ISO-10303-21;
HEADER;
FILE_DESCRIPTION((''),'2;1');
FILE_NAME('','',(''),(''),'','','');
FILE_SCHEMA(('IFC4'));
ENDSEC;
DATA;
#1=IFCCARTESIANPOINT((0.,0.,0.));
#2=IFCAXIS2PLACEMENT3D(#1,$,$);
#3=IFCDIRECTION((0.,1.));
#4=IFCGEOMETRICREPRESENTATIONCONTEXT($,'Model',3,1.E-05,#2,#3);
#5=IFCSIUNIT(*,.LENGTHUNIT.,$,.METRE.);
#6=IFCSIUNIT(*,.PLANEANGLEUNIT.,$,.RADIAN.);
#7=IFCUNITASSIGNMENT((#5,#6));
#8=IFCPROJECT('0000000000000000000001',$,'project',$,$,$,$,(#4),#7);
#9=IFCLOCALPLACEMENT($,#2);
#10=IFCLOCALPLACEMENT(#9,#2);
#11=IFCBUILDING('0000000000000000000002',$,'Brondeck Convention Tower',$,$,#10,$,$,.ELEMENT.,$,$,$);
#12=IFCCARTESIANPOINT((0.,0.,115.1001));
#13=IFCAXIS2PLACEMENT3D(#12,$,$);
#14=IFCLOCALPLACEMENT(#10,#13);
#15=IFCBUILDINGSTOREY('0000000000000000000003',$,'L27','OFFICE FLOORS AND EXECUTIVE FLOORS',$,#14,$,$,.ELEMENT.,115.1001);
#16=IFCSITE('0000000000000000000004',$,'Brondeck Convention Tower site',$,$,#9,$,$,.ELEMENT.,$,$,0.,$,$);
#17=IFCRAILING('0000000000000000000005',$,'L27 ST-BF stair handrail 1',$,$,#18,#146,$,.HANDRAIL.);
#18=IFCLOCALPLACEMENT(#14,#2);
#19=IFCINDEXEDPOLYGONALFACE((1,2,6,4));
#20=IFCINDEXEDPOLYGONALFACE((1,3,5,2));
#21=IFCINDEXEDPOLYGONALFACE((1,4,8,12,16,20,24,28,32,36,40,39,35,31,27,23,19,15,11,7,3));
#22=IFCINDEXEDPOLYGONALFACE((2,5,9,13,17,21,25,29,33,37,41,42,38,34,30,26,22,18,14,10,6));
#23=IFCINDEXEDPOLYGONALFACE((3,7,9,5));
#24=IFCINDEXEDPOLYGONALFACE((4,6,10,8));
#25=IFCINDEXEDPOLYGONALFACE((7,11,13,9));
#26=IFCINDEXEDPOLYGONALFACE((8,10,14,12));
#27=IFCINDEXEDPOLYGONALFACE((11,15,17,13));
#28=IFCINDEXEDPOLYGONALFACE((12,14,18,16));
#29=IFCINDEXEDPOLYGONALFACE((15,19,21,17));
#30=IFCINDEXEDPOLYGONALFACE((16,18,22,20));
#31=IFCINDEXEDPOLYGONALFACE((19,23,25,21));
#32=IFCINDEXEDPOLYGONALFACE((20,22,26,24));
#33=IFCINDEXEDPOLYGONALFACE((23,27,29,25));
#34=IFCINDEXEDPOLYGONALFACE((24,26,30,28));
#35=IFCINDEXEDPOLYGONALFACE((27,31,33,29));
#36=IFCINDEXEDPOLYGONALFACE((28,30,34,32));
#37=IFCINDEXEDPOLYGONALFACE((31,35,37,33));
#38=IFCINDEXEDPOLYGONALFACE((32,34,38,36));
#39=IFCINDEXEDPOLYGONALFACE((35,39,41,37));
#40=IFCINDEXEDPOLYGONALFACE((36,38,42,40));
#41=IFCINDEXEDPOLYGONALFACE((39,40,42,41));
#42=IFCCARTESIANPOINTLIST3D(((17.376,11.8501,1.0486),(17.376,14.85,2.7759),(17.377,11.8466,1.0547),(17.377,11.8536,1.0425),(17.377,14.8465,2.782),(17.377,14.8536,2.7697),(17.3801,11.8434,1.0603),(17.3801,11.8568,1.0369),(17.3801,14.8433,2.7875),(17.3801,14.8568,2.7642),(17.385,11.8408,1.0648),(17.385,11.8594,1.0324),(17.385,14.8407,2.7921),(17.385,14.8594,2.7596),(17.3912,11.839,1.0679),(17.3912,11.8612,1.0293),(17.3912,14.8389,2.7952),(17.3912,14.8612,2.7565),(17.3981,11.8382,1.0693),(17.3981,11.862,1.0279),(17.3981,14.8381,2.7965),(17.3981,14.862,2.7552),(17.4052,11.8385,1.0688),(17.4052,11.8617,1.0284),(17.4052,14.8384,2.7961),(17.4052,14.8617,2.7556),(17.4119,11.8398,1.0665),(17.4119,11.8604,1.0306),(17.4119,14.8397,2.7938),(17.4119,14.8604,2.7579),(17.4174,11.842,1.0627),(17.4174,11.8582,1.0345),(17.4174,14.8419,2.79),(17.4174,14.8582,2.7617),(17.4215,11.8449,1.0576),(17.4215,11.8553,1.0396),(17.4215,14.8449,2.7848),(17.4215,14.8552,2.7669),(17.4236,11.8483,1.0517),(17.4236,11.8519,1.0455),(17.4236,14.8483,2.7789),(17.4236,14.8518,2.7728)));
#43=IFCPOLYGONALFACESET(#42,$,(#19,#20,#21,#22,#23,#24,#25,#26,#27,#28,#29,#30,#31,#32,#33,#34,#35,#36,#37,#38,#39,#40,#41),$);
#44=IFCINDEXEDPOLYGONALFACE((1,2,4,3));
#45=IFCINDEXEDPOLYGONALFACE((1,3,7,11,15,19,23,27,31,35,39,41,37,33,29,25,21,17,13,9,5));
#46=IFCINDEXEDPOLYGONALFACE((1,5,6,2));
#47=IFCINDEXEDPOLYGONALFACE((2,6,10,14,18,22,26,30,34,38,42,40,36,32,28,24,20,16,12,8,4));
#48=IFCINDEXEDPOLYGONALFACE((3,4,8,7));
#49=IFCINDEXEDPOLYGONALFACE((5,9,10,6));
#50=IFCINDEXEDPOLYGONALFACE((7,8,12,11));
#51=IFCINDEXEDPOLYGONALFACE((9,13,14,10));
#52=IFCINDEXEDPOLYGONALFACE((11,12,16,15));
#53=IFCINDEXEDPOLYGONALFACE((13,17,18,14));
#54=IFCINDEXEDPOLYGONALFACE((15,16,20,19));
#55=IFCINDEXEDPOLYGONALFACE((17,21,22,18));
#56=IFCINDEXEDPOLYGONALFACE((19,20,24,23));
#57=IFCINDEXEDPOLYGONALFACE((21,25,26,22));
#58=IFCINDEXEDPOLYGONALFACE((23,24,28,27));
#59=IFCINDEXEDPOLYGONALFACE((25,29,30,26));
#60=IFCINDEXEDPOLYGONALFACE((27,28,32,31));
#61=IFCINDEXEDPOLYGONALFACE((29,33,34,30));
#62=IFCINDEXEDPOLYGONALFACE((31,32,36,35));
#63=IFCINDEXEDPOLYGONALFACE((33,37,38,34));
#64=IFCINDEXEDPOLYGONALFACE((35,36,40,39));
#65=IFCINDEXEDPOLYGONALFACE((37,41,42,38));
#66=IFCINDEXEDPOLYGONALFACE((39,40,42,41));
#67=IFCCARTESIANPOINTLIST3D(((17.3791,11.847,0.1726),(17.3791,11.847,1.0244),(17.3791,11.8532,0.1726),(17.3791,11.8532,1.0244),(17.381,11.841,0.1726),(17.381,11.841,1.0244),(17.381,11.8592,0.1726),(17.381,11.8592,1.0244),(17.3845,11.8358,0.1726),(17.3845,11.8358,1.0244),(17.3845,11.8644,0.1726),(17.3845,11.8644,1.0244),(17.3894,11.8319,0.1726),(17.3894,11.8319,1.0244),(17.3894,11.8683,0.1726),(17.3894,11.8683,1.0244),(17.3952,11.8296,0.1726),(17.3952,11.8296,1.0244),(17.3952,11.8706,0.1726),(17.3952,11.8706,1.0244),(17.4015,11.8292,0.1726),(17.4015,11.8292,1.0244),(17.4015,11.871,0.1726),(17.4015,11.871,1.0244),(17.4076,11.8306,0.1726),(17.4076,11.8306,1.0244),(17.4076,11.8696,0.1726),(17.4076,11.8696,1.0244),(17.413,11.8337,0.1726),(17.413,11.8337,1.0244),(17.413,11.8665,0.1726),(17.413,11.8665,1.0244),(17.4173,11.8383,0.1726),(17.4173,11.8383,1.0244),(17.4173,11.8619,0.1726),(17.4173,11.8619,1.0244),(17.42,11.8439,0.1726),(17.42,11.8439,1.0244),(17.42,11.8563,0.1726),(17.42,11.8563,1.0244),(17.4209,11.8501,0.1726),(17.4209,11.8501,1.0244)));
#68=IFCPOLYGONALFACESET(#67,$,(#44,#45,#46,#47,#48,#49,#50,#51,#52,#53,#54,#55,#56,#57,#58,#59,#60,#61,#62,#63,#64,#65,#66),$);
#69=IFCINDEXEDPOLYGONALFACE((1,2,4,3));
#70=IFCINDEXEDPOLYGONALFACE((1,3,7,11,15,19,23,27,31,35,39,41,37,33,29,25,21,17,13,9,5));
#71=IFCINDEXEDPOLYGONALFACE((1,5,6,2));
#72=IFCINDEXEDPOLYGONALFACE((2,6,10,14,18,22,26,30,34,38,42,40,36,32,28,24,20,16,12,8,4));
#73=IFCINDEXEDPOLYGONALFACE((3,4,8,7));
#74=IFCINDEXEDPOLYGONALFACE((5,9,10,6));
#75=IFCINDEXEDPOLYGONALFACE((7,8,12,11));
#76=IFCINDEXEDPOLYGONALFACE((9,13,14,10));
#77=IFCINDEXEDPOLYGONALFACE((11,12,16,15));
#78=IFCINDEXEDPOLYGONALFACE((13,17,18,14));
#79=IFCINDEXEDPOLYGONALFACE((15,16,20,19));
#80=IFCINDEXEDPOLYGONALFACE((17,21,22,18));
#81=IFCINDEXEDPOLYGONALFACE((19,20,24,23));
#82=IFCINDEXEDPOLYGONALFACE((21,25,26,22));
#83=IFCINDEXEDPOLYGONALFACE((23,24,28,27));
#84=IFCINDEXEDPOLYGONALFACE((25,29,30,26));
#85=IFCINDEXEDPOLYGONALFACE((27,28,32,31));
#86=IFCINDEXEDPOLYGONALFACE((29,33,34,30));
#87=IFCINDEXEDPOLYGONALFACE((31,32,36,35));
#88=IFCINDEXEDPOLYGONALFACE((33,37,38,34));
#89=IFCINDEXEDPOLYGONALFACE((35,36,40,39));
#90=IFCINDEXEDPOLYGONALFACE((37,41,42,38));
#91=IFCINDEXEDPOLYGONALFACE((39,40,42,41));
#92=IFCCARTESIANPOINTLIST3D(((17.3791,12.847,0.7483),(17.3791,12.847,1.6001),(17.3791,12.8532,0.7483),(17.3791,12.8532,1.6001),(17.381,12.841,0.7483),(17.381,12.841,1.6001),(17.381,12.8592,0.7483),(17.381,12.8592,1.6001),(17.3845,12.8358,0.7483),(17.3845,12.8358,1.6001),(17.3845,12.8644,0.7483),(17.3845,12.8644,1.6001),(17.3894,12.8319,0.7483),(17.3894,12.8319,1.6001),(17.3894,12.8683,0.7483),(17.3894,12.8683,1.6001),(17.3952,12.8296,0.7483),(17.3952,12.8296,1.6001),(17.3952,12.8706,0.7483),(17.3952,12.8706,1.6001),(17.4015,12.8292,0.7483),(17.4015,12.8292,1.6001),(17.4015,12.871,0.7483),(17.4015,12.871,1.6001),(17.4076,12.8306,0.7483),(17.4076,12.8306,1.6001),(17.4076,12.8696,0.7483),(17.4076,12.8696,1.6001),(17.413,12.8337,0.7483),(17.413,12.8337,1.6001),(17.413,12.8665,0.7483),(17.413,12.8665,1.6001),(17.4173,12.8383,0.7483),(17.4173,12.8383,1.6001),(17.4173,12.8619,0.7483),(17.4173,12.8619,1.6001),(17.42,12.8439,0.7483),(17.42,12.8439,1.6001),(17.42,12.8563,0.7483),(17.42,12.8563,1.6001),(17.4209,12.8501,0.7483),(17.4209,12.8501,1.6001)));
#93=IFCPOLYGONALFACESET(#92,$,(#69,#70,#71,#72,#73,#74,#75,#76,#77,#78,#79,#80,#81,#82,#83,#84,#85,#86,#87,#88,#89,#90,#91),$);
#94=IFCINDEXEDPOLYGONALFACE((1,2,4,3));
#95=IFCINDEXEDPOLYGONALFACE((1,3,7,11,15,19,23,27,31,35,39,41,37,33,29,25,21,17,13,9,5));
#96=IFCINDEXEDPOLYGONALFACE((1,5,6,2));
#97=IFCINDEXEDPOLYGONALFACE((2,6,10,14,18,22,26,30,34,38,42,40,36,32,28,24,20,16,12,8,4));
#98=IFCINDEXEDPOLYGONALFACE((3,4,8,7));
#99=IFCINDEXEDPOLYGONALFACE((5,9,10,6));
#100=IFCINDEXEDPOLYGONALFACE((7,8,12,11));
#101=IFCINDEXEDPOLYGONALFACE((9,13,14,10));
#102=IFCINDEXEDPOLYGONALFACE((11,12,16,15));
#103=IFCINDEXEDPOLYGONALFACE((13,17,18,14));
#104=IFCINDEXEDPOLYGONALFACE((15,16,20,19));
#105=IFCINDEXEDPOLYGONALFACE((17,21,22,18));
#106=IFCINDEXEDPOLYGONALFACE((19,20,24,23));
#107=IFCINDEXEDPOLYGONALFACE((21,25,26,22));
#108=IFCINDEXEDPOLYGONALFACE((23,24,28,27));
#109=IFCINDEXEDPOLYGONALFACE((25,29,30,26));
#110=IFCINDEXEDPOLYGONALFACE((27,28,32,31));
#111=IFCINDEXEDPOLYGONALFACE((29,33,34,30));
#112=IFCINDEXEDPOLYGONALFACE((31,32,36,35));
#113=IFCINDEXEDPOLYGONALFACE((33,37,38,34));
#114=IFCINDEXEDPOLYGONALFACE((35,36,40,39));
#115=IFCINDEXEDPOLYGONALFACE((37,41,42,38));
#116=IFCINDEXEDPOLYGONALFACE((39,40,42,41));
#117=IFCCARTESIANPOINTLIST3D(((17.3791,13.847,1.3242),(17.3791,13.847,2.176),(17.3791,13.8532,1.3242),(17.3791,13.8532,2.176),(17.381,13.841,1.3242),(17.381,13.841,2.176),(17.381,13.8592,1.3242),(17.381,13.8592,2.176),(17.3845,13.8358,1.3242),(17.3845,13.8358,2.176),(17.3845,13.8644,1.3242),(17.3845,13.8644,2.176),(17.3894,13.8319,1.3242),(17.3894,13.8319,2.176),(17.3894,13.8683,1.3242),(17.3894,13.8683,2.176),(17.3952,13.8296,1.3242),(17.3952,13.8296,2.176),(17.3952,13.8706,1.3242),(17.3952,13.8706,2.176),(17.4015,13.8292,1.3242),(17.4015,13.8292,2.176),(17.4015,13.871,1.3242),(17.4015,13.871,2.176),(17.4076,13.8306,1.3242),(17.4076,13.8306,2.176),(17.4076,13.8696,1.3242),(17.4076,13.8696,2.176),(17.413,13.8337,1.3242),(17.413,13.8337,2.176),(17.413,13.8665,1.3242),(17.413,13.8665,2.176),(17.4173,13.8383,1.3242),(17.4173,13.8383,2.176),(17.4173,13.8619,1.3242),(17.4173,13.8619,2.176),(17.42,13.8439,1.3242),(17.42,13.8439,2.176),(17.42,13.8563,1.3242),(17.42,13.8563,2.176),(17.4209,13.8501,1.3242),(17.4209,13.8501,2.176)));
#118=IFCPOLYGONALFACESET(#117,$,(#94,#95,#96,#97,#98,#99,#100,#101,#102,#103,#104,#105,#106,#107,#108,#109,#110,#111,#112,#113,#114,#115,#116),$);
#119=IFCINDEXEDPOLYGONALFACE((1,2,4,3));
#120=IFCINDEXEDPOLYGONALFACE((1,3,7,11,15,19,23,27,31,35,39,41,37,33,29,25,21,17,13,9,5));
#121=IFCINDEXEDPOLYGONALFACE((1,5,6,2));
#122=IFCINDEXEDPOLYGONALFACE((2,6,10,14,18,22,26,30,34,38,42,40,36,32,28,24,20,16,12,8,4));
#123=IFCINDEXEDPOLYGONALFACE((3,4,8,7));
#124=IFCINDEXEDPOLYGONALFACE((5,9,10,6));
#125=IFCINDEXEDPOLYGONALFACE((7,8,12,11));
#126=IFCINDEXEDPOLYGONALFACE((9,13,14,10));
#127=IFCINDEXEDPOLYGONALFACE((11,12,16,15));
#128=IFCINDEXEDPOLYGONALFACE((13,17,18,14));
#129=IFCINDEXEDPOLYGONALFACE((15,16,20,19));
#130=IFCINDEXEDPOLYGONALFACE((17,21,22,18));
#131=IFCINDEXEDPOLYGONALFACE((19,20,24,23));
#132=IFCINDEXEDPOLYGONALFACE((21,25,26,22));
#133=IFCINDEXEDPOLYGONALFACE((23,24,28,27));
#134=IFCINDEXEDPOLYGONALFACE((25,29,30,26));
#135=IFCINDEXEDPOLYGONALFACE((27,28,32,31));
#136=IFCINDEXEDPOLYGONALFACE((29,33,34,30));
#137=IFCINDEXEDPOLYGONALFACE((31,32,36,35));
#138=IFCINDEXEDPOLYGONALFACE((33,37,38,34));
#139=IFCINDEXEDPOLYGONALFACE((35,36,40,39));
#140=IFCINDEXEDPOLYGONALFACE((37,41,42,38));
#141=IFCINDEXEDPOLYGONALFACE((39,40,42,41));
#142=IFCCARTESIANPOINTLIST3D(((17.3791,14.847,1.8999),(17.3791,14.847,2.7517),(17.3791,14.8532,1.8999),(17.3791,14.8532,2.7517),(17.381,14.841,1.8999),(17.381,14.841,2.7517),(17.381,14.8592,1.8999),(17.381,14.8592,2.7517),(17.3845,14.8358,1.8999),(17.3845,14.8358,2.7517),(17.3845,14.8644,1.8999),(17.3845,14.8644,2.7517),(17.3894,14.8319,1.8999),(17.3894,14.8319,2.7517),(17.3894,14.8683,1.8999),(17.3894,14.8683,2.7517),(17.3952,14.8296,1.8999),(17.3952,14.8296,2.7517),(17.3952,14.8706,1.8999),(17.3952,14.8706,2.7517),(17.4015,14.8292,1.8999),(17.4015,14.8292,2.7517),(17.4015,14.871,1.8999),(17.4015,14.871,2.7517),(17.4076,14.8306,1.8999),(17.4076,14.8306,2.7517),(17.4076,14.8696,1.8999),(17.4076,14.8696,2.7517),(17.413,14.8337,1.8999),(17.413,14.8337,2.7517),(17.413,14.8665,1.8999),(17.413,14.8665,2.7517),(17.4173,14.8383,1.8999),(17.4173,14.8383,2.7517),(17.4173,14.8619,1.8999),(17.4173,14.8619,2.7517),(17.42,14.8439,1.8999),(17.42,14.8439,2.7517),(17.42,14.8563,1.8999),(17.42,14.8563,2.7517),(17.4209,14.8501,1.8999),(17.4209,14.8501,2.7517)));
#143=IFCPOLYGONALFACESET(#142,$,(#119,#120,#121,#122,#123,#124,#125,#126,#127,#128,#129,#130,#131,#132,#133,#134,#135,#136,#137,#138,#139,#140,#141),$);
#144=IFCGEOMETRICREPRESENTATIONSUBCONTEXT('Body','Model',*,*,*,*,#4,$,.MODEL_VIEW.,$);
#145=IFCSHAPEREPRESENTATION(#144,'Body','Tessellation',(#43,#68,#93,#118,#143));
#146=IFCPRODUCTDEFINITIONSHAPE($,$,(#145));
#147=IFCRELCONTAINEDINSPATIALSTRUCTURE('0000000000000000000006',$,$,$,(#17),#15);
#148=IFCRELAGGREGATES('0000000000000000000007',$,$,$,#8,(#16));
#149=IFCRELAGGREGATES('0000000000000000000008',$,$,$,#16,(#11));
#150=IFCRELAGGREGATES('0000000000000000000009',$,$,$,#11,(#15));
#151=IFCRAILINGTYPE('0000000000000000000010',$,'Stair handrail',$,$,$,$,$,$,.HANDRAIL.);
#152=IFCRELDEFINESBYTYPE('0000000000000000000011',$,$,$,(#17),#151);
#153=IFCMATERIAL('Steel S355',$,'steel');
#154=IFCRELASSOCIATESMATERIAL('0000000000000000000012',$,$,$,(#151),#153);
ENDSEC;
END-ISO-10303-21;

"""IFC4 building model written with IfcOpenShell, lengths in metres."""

from ifc_helpers import new_model, si_unit, direction, frame, origin, origin_2d, place, context, subcontext, project, spatial, circle, extrude, material, type_object, element, save


model = new_model("IFC4")

# Units and contexts
model_context = context("Model", 3, precision=1e-05, world=origin(), true_north=direction((0.0, 1.0)))
body_context = subcontext(model_context, "Body", "Model", "MODEL_VIEW")
ifc_project = project(units=[si_unit("LENGTHUNIT", "METRE"), si_unit("PLANEANGLEUNIT", "RADIAN")], contexts=[model_context])

# Site, building, storey
site_placement = place(None, origin())
site = spatial("IfcSite", under=ifc_project, at=site_placement, Name="Brondeck Convention Tower site", CompositionType="ELEMENT", RefElevation=0.0)
building_placement = place(site_placement, origin())
building = spatial("IfcBuilding", under=site, at=building_placement, Name="Brondeck Convention Tower", CompositionType="ELEMENT")
storey_placement = place(building_placement, frame((0.0, 0.0, 115.1001)))
storey = spatial("IfcBuildingStorey", under=building, at=storey_placement, Name="L27", Description="OFFICE FLOORS AND EXECUTIVE FLOORS", CompositionType="ELEMENT", Elevation=115.1001)

# Shared definitions
ifc_material_1 = material(Name="Steel S355", Category="steel")

# Railing
railing_type_1 = type_object("IfcRailingType", Name="Stair handrail", PredefinedType="HANDRAIL", material=ifc_material_1)
railing_1_placement = place(storey_placement, frame((17.3999, 11.8501, 0.1726)))
element("IfcRailing", 1, at=railing_1_placement, inside=storey, type_object=railing_type_1, Name="L27 ST-BF stair handrail 1", PredefinedType="HANDRAIL", context=body_context, shape_type="SweptSolid", body=[
    extrude(circle(Radius=0.0239, at=origin_2d()), frame((0.0, 0.0, 0.876), z_axis=(0.0, 0.86662, 0.498969), x_axis=(-1.0, 0.0, 0.0)), (0.0, 0.0, 1.0), 3.4617),
    extrude(circle(Radius=0.021, at=origin_2d()), origin(), (0.0, 0.0, 1.0), 0.8518),
    extrude(circle(Radius=0.021, at=origin_2d()), frame((0.0, 1.0, 0.5757)), (0.0, 0.0, 1.0), 0.8518),
    extrude(circle(Radius=0.021, at=origin_2d()), frame((0.0, 2.0, 1.1516)), (0.0, 0.0, 1.0), 0.8518),
    extrude(circle(Radius=0.021, at=origin_2d()), frame((0.0, 3.0, 1.7273)), (0.0, 0.0, 1.0), 0.8518),
])

save(model, "model.ifc")
